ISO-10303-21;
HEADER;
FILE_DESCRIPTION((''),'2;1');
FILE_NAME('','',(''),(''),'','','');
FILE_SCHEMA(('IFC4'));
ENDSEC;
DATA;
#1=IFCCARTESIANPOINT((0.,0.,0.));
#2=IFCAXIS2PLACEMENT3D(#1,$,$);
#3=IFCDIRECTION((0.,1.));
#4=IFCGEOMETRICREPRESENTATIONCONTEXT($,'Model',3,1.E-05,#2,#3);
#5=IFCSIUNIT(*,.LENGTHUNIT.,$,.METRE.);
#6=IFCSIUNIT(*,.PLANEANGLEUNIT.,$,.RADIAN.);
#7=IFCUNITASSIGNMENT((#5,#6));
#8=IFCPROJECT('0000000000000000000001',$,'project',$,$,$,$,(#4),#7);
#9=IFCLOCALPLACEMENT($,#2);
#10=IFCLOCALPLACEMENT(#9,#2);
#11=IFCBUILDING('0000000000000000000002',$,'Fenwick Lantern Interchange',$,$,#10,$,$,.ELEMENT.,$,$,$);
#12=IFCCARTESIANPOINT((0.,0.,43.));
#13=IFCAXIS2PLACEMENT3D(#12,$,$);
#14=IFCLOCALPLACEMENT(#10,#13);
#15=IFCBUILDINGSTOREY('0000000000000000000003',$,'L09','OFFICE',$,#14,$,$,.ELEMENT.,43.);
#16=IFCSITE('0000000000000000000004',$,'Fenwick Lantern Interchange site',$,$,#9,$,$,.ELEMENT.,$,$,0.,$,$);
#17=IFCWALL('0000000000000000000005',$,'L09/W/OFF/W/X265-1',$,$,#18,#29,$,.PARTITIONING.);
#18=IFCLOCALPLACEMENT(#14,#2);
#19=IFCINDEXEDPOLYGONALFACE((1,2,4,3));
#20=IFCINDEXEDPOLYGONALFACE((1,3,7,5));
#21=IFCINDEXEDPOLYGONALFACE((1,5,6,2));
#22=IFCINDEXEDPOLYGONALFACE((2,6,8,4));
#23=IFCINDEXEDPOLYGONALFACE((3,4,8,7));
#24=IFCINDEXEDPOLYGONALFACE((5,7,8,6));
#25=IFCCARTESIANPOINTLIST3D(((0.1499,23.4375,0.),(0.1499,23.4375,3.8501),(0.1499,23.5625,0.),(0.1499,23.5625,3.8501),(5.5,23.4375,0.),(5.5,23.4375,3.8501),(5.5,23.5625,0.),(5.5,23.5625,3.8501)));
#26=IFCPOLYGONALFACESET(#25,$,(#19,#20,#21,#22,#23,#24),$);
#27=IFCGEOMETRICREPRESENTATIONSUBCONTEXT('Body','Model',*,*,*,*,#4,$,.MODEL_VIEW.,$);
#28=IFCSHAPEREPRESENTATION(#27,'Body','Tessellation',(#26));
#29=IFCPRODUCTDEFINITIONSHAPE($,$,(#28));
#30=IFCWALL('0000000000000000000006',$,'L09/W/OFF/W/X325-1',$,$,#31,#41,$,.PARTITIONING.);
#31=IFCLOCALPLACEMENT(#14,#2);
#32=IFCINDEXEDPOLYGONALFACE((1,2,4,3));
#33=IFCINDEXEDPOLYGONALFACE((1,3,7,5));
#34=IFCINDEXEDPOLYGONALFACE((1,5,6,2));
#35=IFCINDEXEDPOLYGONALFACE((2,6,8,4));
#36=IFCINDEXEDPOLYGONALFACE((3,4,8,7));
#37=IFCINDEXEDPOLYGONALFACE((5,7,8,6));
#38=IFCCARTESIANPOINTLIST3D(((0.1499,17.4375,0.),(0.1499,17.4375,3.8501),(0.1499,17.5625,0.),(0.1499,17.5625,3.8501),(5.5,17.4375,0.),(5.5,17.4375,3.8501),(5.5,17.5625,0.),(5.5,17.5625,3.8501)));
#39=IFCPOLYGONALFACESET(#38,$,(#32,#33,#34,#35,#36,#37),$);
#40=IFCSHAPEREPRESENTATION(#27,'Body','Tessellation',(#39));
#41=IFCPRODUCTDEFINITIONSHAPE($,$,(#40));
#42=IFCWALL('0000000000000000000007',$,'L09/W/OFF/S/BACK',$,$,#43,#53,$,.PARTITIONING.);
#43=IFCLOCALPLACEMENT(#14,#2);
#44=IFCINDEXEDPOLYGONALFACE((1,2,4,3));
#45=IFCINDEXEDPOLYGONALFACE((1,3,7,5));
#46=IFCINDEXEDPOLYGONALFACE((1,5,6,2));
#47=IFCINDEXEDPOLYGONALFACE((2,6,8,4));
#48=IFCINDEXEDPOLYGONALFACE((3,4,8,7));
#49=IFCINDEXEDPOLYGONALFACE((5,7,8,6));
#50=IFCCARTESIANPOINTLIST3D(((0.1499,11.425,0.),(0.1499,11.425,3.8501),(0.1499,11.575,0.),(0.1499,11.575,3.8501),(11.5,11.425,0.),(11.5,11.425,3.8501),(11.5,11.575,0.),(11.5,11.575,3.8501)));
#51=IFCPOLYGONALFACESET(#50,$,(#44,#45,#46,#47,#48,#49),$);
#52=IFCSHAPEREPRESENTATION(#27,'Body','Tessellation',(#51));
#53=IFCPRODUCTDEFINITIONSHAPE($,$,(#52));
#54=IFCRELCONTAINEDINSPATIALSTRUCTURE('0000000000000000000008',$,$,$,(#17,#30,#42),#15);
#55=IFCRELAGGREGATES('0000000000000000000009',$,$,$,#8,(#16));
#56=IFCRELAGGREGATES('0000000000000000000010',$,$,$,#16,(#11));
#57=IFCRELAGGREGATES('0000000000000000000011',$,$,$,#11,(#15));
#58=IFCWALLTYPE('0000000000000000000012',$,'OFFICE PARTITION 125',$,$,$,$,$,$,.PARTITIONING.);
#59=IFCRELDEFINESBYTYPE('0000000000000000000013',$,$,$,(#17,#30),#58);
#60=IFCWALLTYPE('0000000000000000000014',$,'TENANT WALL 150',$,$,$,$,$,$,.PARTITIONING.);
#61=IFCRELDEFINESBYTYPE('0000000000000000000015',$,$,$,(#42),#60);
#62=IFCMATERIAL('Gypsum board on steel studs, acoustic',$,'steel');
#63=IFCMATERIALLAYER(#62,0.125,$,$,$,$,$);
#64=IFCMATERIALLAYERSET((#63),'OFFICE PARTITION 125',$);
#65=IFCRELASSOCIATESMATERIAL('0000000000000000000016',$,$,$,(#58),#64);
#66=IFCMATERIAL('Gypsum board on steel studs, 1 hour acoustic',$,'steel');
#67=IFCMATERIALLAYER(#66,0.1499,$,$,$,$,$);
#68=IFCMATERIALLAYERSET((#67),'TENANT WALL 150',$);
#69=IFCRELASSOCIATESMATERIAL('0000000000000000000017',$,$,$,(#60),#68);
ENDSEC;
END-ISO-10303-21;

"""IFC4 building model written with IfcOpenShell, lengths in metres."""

from ifc_helpers import new_model, si_unit, direction, frame, frame_2d, origin, place, context, subcontext, project, spatial, rectangle, extrude, material, layer, layer_set, type_object, element, save


model = new_model("IFC4")

# Units and contexts
model_context = context("Model", 3, precision=1e-05, world=origin(), true_north=direction((0.0, 1.0)))
body_context = subcontext(model_context, "Body", "Model", "MODEL_VIEW")
ifc_project = project(units=[si_unit("LENGTHUNIT", "METRE"), si_unit("PLANEANGLEUNIT", "RADIAN")], contexts=[model_context])

# Site, building, storey
site_placement = place(None, origin())
site = spatial("IfcSite", under=ifc_project, at=site_placement, Name="Fenwick Lantern Interchange site", CompositionType="ELEMENT", RefElevation=0.0)
building_placement = place(site_placement, origin())
building = spatial("IfcBuilding", under=site, at=building_placement, Name="Fenwick Lantern Interchange", CompositionType="ELEMENT")
storey_placement = place(building_placement, frame((0.0, 0.0, 43.0)))
storey = spatial("IfcBuildingStorey", under=building, at=storey_placement, Name="L09", Description="OFFICE", CompositionType="ELEMENT", Elevation=43.0)

# Walls
ifc_material_1 = material(Name="Gypsum board on steel studs, acoustic", Category="steel")
ifc_layer_1 = layer(ifc_material_1, 0.125)
ifc_layer_set_1 = layer_set([ifc_layer_1], Name="OFFICE PARTITION 125")
wall_type_1 = type_object("IfcWallType", Name="OFFICE PARTITION 125", PredefinedType="PARTITIONING", material=ifc_layer_set_1)
for number, where, z_axis, x_axis, name in (
    (1, (0.1499, 23.5, 0.0), (0.0, 0.0, 1.0), (1.0, 0.0, 0.0), "L09/W/OFF/W/X265-1"),
    (2, (0.1499, 17.5, 0.0), (0.0, 0.0, 1.0), (1.0, 0.0, 0.0), "L09/W/OFF/W/X325-1"),
):
    element("IfcWall", number, at=place(storey_placement, frame(where, z_axis=z_axis, x_axis=x_axis)), inside=storey, type_object=wall_type_1, Name=name, PredefinedType="PARTITIONING", context=body_context, shape_type="SweptSolid", body=[
        extrude(rectangle(XDim=5.3501, YDim=0.125, at=frame_2d((2.675, 0.0))), origin(), (0.0, 0.0, 1.0), 3.8501),
    ])
ifc_material_2 = material(Name="Gypsum board on steel studs, 1 hour acoustic", Category="steel")
ifc_layer_2 = layer(ifc_material_2, 0.1499)
ifc_layer_set_2 = layer_set([ifc_layer_2], Name="TENANT WALL 150")
wall_type_2 = type_object("IfcWallType", Name="TENANT WALL 150", PredefinedType="PARTITIONING", material=ifc_layer_set_2)
wall_placement = place(storey_placement, frame((0.1499, 11.5, 0.0), z_axis=(0.0, 0.0, 1.0), x_axis=(1.0, 0.0, 0.0)))
element("IfcWall", 3, at=wall_placement, inside=storey, type_object=wall_type_2, Name="L09/W/OFF/S/BACK", PredefinedType="PARTITIONING", context=body_context, shape_type="SweptSolid", body=[
    extrude(rectangle(XDim=11.3501, YDim=0.1499, at=frame_2d((5.675, 0.0))), origin(), (0.0, 0.0, 1.0), 3.8501),
])

save(model, "model.ifc")
